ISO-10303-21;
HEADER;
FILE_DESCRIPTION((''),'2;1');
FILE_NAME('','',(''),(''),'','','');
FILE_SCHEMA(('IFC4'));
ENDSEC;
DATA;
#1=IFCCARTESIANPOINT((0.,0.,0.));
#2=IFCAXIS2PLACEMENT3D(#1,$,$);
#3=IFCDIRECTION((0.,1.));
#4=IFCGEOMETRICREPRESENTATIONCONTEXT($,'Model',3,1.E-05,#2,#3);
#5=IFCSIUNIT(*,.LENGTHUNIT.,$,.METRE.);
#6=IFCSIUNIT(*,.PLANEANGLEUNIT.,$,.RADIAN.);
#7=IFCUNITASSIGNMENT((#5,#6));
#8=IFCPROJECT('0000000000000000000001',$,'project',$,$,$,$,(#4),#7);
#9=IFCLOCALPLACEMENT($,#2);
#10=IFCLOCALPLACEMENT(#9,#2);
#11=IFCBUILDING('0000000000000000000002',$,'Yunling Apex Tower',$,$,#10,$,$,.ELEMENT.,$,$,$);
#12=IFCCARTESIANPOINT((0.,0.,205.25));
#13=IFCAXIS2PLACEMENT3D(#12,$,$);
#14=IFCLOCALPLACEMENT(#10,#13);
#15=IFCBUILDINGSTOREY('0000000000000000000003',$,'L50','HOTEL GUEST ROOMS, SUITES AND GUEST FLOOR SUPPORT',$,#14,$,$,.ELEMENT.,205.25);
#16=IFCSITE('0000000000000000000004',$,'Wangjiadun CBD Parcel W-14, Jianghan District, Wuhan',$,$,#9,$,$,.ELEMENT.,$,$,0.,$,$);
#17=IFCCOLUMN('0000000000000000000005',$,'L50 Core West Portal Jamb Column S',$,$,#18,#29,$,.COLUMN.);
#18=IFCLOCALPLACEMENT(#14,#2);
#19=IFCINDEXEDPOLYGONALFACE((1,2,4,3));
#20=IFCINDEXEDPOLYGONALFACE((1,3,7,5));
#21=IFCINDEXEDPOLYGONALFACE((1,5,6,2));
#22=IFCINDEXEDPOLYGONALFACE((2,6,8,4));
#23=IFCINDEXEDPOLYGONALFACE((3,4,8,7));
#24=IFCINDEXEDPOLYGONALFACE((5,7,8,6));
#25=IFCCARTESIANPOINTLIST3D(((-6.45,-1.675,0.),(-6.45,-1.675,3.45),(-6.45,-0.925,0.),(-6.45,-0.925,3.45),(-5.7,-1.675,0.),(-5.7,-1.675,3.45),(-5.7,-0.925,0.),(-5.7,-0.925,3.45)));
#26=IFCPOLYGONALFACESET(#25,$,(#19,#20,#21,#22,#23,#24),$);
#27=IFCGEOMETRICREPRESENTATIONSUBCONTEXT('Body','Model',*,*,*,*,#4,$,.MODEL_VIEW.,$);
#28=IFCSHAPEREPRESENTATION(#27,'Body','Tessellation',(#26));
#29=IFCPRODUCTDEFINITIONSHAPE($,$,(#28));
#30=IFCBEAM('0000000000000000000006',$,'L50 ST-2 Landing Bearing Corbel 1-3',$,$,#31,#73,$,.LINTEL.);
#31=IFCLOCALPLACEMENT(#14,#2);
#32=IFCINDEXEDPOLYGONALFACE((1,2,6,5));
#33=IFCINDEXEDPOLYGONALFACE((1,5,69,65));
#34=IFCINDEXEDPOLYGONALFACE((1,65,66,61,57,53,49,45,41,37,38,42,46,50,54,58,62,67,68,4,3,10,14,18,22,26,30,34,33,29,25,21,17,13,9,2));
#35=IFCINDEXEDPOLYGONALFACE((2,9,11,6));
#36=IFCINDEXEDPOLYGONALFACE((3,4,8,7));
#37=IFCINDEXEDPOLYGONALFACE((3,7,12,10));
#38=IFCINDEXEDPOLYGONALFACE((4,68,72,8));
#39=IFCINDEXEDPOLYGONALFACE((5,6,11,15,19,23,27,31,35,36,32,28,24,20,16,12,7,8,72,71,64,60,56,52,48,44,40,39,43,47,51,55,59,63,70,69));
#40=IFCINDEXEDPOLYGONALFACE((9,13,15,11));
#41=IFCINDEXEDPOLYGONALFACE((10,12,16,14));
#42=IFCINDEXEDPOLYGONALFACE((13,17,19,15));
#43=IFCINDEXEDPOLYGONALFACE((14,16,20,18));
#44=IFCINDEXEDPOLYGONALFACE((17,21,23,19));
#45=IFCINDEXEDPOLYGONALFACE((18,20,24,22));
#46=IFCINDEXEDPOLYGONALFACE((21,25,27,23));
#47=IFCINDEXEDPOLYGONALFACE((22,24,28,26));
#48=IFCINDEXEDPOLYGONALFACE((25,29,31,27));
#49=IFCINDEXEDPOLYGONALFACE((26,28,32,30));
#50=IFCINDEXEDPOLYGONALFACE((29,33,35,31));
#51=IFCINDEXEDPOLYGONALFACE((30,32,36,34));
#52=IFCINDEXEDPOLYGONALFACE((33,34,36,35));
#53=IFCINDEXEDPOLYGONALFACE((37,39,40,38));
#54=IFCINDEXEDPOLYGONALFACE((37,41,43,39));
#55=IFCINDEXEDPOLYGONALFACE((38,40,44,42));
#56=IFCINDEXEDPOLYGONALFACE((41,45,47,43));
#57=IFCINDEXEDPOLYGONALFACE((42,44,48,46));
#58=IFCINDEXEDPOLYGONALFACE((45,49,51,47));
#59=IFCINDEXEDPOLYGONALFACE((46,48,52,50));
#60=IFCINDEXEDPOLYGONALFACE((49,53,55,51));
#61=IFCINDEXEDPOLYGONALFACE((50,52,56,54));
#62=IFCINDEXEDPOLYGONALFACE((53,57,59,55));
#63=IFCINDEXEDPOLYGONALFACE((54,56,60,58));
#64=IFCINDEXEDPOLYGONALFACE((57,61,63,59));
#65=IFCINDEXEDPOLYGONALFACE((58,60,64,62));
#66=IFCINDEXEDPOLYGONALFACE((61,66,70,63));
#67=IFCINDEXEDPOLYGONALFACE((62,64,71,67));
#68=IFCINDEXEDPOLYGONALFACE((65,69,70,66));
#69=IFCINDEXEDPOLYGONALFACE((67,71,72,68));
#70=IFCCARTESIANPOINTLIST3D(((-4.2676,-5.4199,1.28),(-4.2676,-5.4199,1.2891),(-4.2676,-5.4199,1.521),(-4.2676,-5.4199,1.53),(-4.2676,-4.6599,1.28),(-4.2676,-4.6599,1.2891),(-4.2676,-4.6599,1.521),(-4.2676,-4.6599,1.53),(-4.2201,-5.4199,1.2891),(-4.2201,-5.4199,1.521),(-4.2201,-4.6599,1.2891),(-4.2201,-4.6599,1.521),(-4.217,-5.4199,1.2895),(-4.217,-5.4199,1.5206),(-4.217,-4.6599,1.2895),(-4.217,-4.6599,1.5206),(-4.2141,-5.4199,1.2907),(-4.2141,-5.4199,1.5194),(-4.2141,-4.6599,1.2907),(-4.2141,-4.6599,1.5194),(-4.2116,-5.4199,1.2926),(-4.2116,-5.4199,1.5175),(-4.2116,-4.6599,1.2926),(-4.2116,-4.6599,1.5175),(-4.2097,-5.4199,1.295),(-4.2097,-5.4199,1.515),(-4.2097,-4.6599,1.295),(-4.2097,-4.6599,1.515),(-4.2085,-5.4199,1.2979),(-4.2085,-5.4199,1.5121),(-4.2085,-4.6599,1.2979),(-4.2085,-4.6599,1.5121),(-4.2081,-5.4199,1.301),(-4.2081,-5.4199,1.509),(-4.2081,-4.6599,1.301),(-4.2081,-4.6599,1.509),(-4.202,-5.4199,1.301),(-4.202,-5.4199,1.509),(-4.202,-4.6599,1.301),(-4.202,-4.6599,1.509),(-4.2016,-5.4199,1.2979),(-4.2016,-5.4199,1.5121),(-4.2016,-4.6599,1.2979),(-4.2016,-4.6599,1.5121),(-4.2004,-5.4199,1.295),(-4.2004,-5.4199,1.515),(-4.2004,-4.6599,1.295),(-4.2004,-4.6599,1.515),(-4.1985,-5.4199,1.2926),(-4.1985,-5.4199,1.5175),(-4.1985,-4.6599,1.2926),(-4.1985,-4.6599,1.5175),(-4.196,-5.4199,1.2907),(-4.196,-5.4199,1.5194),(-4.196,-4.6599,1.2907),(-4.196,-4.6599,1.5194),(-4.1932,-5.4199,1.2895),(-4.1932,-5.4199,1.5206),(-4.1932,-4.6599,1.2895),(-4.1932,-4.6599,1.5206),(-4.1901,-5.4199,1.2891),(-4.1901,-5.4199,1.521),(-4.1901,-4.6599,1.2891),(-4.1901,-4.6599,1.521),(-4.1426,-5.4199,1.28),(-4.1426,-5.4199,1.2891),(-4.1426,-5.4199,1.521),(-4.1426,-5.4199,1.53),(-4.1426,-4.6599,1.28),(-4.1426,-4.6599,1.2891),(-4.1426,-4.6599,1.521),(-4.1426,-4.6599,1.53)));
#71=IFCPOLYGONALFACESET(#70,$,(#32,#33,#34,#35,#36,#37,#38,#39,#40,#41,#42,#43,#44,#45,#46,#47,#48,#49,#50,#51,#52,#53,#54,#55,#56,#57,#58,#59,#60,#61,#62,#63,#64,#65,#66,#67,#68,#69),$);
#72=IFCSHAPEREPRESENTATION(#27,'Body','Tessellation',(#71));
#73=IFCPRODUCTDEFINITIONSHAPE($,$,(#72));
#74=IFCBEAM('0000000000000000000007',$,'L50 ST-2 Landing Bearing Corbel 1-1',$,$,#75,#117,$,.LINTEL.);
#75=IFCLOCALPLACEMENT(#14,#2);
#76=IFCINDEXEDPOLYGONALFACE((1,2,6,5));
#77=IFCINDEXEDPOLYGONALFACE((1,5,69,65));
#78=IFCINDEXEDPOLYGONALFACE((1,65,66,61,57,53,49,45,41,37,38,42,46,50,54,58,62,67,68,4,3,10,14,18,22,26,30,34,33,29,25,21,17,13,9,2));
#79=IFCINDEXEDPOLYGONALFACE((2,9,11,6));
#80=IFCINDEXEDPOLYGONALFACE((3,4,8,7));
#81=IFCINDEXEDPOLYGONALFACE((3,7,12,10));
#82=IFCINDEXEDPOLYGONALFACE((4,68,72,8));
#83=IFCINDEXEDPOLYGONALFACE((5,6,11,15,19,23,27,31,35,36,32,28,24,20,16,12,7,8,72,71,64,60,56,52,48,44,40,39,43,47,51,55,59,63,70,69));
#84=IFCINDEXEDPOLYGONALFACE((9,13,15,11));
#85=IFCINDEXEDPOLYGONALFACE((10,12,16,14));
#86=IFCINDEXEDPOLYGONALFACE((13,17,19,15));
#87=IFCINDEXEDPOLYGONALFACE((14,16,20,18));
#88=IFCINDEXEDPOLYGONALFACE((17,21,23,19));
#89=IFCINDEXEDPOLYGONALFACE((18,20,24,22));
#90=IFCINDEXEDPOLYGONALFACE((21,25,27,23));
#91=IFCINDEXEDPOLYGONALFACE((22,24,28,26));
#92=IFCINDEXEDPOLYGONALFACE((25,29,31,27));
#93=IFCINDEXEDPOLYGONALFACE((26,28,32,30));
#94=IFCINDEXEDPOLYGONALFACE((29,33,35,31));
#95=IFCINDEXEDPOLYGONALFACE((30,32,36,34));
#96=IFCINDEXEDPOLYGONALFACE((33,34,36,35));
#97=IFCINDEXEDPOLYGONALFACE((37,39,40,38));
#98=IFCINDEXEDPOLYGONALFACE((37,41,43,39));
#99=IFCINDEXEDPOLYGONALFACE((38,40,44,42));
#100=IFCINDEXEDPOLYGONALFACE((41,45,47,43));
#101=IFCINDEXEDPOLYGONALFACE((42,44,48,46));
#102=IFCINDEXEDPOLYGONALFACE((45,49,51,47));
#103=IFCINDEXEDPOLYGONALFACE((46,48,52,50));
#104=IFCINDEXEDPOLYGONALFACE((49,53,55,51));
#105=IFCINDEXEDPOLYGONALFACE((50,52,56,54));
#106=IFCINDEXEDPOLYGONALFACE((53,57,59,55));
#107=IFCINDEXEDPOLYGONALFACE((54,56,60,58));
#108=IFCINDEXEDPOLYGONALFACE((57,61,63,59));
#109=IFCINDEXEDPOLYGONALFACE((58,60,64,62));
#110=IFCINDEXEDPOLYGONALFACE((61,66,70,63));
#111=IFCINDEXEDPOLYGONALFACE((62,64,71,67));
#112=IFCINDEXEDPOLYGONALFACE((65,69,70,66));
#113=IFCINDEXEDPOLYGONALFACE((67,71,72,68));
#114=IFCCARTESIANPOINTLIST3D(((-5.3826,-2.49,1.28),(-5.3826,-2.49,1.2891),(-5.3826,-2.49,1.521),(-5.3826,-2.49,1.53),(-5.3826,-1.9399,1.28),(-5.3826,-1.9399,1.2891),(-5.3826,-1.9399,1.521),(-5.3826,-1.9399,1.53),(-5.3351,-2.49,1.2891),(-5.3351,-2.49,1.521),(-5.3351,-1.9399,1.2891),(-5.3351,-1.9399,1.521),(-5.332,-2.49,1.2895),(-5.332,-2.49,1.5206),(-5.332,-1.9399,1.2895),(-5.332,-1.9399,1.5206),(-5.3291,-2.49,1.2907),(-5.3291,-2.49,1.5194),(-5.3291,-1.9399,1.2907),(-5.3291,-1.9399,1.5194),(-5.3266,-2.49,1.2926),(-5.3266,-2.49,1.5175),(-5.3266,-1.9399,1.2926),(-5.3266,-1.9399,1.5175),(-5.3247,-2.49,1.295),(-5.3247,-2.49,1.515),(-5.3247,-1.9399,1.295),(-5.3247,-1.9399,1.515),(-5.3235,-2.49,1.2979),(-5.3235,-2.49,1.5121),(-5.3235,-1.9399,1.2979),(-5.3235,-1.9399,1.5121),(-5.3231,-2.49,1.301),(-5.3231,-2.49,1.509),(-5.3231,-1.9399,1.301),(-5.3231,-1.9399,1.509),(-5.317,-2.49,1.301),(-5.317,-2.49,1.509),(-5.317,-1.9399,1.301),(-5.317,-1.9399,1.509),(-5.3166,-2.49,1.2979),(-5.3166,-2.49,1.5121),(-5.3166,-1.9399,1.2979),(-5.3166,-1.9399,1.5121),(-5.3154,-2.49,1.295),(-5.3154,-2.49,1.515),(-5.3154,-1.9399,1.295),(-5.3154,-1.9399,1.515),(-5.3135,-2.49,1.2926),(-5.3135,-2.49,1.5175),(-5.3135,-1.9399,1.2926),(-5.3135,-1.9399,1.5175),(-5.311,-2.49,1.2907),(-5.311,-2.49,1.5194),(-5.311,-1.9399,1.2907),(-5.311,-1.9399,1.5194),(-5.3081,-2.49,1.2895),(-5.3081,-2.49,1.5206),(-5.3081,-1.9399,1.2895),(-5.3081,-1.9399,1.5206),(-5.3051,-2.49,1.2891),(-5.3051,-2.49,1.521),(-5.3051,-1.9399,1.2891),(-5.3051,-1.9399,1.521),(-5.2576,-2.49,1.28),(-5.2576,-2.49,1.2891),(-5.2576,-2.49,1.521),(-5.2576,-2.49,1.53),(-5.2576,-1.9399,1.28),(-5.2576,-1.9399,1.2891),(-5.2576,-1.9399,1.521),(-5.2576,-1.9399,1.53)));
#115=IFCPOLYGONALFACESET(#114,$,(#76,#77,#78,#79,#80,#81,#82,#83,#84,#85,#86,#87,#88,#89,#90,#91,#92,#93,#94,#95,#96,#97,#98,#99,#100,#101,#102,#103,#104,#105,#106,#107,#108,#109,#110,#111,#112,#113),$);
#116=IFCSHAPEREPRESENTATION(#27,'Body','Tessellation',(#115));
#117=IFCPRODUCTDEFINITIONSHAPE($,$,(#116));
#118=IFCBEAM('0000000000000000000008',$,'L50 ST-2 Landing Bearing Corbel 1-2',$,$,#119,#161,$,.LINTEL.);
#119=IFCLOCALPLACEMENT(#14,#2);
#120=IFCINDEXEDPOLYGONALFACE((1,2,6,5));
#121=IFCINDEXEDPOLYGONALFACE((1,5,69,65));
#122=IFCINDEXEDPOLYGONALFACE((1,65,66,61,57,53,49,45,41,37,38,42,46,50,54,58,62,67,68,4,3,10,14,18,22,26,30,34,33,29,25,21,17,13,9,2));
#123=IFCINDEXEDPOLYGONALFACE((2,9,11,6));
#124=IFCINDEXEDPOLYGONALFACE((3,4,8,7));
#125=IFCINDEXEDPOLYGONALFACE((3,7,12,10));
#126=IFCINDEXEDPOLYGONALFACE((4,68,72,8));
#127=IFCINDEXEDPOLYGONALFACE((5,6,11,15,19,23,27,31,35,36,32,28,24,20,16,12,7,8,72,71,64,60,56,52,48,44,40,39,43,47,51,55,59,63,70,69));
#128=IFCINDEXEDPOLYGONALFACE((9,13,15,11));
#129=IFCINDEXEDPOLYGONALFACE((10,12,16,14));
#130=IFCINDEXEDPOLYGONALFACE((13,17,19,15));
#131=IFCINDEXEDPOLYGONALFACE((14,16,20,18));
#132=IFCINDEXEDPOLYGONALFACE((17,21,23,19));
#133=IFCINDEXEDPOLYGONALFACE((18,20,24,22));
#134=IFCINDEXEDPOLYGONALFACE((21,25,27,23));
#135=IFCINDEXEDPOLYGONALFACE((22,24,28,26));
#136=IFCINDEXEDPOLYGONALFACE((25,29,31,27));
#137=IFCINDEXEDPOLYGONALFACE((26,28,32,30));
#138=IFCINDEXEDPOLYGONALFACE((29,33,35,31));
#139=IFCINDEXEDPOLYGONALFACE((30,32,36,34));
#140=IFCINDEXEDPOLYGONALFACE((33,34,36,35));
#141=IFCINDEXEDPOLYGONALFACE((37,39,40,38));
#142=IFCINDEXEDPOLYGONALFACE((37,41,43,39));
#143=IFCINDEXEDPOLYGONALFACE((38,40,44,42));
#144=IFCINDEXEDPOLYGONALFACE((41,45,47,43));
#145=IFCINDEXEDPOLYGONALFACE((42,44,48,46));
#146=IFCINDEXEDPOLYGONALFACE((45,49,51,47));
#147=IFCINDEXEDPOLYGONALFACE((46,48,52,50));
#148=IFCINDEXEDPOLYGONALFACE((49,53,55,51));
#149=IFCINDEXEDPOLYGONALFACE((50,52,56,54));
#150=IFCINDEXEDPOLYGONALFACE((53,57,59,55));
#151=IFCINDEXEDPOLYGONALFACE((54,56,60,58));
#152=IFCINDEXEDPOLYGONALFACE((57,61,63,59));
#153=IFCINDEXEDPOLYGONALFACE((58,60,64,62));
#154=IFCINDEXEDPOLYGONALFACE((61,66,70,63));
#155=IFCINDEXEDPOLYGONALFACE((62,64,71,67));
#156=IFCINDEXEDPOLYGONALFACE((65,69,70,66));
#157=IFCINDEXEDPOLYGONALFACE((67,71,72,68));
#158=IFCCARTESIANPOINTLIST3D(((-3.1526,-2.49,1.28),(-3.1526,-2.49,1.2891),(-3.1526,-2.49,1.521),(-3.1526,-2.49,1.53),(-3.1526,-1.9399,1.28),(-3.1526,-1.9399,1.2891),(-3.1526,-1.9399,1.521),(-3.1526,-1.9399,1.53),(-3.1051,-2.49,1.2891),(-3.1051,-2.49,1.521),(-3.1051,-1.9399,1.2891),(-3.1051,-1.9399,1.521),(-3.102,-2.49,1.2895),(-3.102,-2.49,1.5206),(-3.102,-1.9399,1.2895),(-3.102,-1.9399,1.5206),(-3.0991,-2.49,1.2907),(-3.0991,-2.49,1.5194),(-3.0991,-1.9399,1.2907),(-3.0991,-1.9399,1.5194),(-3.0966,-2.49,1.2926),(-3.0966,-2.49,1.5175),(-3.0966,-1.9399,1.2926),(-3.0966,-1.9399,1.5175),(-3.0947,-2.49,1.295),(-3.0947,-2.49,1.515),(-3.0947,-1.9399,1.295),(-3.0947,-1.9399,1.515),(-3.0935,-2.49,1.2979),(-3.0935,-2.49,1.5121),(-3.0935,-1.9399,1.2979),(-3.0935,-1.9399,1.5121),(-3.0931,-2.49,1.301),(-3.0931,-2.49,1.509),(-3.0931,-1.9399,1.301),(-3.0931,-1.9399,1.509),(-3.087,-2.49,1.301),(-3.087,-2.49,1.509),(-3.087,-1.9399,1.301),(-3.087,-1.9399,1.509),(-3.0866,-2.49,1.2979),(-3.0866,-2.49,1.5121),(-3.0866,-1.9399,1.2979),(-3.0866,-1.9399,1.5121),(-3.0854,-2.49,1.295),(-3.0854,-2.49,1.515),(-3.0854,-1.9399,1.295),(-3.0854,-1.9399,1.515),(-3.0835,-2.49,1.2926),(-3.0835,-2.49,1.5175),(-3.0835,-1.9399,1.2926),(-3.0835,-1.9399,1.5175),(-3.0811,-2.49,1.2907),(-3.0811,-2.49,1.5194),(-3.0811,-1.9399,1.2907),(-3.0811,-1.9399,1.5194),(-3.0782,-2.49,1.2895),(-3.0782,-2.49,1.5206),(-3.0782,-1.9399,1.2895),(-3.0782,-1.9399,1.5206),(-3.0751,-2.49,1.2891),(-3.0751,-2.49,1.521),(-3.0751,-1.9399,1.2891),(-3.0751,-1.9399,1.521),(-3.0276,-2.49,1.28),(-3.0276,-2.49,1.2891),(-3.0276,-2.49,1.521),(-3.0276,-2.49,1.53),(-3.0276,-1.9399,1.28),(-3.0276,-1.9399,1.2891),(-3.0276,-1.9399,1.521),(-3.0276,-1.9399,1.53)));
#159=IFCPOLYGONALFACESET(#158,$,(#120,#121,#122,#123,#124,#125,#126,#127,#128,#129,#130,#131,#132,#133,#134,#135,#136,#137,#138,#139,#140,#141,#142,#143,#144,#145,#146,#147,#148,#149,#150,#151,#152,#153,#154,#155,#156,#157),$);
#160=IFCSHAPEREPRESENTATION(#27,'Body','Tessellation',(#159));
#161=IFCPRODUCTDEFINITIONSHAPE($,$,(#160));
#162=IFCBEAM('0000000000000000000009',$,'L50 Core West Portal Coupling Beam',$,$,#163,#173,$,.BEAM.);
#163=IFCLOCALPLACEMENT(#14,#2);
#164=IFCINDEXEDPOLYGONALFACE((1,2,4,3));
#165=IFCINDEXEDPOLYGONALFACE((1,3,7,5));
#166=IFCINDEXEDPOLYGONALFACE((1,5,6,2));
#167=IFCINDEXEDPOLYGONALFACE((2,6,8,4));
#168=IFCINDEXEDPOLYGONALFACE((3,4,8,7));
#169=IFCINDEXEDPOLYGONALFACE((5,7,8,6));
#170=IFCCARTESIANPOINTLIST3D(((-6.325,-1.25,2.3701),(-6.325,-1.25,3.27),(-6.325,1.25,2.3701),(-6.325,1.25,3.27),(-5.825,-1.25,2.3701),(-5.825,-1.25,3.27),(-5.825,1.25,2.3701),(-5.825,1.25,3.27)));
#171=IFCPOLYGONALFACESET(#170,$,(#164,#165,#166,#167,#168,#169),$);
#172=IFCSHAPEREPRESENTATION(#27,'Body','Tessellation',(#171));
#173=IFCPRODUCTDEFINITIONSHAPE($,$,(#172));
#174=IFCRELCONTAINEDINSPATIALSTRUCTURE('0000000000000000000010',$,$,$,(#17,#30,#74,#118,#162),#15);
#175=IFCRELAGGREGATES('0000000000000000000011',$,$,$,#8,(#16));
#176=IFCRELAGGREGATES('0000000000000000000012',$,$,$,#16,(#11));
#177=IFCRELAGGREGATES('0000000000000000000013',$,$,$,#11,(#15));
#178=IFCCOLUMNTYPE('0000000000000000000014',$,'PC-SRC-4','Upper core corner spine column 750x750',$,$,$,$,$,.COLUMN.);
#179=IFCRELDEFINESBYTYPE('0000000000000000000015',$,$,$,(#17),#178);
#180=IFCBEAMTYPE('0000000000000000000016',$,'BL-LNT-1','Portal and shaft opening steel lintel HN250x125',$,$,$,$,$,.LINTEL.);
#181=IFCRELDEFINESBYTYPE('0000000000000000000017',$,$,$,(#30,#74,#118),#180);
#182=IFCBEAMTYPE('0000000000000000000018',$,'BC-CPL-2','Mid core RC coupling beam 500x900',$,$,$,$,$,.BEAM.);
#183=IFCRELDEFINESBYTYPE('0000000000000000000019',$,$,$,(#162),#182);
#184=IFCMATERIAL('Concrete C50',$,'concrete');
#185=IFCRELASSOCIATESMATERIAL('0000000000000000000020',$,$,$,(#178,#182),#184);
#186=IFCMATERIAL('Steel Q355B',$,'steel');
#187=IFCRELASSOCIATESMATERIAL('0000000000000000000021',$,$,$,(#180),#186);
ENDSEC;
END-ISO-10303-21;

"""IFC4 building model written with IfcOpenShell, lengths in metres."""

from ifc_helpers import new_model, si_unit, direction, frame, origin, origin_2d, place, context, subcontext, project, spatial, rectangle, i_section, extrude, source, transform, mapped, material, material_profile, profile_set, type_object, element, save


model = new_model("IFC4")

# Units and contexts
model_context = context("Model", 3, precision=1e-05, world=origin(), true_north=direction((0.0, 1.0)))
body_context = subcontext(model_context, "Body", "Model", "MODEL_VIEW")
ifc_project = project(units=[si_unit("LENGTHUNIT", "METRE"), si_unit("PLANEANGLEUNIT", "RADIAN")], contexts=[model_context])

# Site, building, storey
site_placement = place(None, origin())
site = spatial("IfcSite", under=ifc_project, at=site_placement, Name="Wangjiadun CBD Parcel W-14, Jianghan District, Wuhan", CompositionType="ELEMENT", RefElevation=0.0)
building_placement = place(site_placement, origin())
building = spatial("IfcBuilding", under=site, at=building_placement, Name="Yunling Apex Tower", CompositionType="ELEMENT")
storey_placement = place(building_placement, frame((0.0, 0.0, 205.25)))
storey = spatial("IfcBuildingStorey", under=building, at=storey_placement, Name="L50", Description="HOTEL GUEST ROOMS, SUITES AND GUEST FLOOR SUPPORT", CompositionType="ELEMENT", Elevation=205.25)

# Column
ifc_material_1 = material(Name="Concrete C50", Category="concrete")
ifc_material_profile_1 = material_profile(ifc_material_1, rectangle(XDim=0.75, YDim=0.75, at=origin_2d()))
ifc_profile_set_1 = profile_set([ifc_material_profile_1], Name="Concrete C50")
column_type = type_object("IfcColumnType", Name="PC-SRC-4", Description="Upper core corner spine column 750x750", PredefinedType="COLUMN", material=ifc_profile_set_1)
shared_shape_1 = source(origin(), body_context, "Body", "SweptSolid", [
    extrude(rectangle(XDim=0.75, YDim=0.75, at=origin_2d()), origin(), (0.0, 0.0, 1.0), 3.45),
])
column_placement = place(storey_placement, frame((-6.075, -1.3, 0.0), z_axis=(0.0, 0.0, 1.0), x_axis=(1.0, 0.0, 0.0)))
element("IfcColumn", 1, at=column_placement, inside=storey, type_object=column_type, Name="L50 Core West Portal Jamb Column S", PredefinedType="COLUMN", context=body_context, shape_type="MappedRepresentation", body=[
    mapped(shared_shape_1, transform((0.0, 0.0, 0.0), scale=1.0)),
])

# Beams
ifc_material_2 = material(Name="Steel Q355B", Category="steel")
ifc_material_profile_2 = material_profile(ifc_material_2, i_section(OverallWidth=0.125, OverallDepth=0.25, WebThickness=0.0061, FlangeThickness=0.009, FilletRadius=0.012, at=origin_2d()))
ifc_profile_set_2 = profile_set([ifc_material_profile_2], Name="Steel Q355B")
beam_type_1 = type_object("IfcBeamType", Name="BL-LNT-1", Description="Portal and shaft opening steel lintel HN250x125", PredefinedType="LINTEL", material=ifc_profile_set_2)
shared_shape_2 = source(origin(), body_context, "Body", "SweptSolid", [
    extrude(i_section(OverallWidth=0.125, OverallDepth=0.25, WebThickness=0.0061, FlangeThickness=0.009, FilletRadius=0.012, at=origin_2d()), origin(), (0.0, 0.0, 1.0), 0.76),
])
beam_1_placement = place(storey_placement, frame((-4.2051, -5.4199, 1.405), z_axis=(0.0, 1.0, 0.0), x_axis=(-1.0, 0.0, 0.0)))
element("IfcBeam", 2, at=beam_1_placement, inside=storey, type_object=beam_type_1, Name="L50 ST-2 Landing Bearing Corbel 1-3", PredefinedType="LINTEL", context=body_context, shape_type="MappedRepresentation", body=[
    mapped(shared_shape_2, transform((0.0, 0.0, 0.0), scale=1.0)),
])
shared_shape_3 = source(origin(), body_context, "Body", "SweptSolid", [
    extrude(i_section(OverallWidth=0.125, OverallDepth=0.25, WebThickness=0.0061, FlangeThickness=0.009, FilletRadius=0.012, at=origin_2d()), origin(), (0.0, 0.0, 1.0), 0.55),
])
for number, where, z_axis, x_axis, name in (
    (3, (-5.3201, -1.9399, 1.405), (0.0, -1.0, 0.0), (1.0, 0.0, 0.0), "L50 ST-2 Landing Bearing Corbel 1-1"),
    (4, (-3.0901, -1.9399, 1.405), (0.0, -1.0, 0.0), (1.0, 0.0, 0.0), "L50 ST-2 Landing Bearing Corbel 1-2"),
):
    element("IfcBeam", number, at=place(storey_placement, frame(where, z_axis=z_axis, x_axis=x_axis)), inside=storey, type_object=beam_type_1, Name=name, PredefinedType="LINTEL", context=body_context, shape_type="MappedRepresentation", body=[
        mapped(shared_shape_3, transform((0.0, 0.0, 0.0), scale=1.0)),
    ])
ifc_material_profile_3 = material_profile(ifc_material_1, rectangle(XDim=0.5, YDim=0.8999, at=origin_2d()))
ifc_profile_set_3 = profile_set([ifc_material_profile_3], Name="Concrete C50")
beam_type_2 = type_object("IfcBeamType", Name="BC-CPL-2", Description="Mid core RC coupling beam 500x900", PredefinedType="BEAM", material=ifc_profile_set_3)
shared_shape_4 = source(origin(), body_context, "Body", "SweptSolid", [
    extrude(rectangle(XDim=0.5, YDim=0.8999, at=origin_2d()), origin(), (0.0, 0.0, 1.0), 2.5),
])
beam_2_placement = place(storey_placement, frame((-6.075, -1.25, 2.8201), z_axis=(0.0, 1.0, 0.0), x_axis=(-1.0, 0.0, 0.0)))
element("IfcBeam", 5, at=beam_2_placement, inside=storey, type_object=beam_type_2, Name="L50 Core West Portal Coupling Beam", PredefinedType="BEAM", context=body_context, shape_type="MappedRepresentation", body=[
    mapped(shared_shape_4, transform((0.0, 0.0, 0.0), scale=1.0)),
])

save(model, "model.ifc")
